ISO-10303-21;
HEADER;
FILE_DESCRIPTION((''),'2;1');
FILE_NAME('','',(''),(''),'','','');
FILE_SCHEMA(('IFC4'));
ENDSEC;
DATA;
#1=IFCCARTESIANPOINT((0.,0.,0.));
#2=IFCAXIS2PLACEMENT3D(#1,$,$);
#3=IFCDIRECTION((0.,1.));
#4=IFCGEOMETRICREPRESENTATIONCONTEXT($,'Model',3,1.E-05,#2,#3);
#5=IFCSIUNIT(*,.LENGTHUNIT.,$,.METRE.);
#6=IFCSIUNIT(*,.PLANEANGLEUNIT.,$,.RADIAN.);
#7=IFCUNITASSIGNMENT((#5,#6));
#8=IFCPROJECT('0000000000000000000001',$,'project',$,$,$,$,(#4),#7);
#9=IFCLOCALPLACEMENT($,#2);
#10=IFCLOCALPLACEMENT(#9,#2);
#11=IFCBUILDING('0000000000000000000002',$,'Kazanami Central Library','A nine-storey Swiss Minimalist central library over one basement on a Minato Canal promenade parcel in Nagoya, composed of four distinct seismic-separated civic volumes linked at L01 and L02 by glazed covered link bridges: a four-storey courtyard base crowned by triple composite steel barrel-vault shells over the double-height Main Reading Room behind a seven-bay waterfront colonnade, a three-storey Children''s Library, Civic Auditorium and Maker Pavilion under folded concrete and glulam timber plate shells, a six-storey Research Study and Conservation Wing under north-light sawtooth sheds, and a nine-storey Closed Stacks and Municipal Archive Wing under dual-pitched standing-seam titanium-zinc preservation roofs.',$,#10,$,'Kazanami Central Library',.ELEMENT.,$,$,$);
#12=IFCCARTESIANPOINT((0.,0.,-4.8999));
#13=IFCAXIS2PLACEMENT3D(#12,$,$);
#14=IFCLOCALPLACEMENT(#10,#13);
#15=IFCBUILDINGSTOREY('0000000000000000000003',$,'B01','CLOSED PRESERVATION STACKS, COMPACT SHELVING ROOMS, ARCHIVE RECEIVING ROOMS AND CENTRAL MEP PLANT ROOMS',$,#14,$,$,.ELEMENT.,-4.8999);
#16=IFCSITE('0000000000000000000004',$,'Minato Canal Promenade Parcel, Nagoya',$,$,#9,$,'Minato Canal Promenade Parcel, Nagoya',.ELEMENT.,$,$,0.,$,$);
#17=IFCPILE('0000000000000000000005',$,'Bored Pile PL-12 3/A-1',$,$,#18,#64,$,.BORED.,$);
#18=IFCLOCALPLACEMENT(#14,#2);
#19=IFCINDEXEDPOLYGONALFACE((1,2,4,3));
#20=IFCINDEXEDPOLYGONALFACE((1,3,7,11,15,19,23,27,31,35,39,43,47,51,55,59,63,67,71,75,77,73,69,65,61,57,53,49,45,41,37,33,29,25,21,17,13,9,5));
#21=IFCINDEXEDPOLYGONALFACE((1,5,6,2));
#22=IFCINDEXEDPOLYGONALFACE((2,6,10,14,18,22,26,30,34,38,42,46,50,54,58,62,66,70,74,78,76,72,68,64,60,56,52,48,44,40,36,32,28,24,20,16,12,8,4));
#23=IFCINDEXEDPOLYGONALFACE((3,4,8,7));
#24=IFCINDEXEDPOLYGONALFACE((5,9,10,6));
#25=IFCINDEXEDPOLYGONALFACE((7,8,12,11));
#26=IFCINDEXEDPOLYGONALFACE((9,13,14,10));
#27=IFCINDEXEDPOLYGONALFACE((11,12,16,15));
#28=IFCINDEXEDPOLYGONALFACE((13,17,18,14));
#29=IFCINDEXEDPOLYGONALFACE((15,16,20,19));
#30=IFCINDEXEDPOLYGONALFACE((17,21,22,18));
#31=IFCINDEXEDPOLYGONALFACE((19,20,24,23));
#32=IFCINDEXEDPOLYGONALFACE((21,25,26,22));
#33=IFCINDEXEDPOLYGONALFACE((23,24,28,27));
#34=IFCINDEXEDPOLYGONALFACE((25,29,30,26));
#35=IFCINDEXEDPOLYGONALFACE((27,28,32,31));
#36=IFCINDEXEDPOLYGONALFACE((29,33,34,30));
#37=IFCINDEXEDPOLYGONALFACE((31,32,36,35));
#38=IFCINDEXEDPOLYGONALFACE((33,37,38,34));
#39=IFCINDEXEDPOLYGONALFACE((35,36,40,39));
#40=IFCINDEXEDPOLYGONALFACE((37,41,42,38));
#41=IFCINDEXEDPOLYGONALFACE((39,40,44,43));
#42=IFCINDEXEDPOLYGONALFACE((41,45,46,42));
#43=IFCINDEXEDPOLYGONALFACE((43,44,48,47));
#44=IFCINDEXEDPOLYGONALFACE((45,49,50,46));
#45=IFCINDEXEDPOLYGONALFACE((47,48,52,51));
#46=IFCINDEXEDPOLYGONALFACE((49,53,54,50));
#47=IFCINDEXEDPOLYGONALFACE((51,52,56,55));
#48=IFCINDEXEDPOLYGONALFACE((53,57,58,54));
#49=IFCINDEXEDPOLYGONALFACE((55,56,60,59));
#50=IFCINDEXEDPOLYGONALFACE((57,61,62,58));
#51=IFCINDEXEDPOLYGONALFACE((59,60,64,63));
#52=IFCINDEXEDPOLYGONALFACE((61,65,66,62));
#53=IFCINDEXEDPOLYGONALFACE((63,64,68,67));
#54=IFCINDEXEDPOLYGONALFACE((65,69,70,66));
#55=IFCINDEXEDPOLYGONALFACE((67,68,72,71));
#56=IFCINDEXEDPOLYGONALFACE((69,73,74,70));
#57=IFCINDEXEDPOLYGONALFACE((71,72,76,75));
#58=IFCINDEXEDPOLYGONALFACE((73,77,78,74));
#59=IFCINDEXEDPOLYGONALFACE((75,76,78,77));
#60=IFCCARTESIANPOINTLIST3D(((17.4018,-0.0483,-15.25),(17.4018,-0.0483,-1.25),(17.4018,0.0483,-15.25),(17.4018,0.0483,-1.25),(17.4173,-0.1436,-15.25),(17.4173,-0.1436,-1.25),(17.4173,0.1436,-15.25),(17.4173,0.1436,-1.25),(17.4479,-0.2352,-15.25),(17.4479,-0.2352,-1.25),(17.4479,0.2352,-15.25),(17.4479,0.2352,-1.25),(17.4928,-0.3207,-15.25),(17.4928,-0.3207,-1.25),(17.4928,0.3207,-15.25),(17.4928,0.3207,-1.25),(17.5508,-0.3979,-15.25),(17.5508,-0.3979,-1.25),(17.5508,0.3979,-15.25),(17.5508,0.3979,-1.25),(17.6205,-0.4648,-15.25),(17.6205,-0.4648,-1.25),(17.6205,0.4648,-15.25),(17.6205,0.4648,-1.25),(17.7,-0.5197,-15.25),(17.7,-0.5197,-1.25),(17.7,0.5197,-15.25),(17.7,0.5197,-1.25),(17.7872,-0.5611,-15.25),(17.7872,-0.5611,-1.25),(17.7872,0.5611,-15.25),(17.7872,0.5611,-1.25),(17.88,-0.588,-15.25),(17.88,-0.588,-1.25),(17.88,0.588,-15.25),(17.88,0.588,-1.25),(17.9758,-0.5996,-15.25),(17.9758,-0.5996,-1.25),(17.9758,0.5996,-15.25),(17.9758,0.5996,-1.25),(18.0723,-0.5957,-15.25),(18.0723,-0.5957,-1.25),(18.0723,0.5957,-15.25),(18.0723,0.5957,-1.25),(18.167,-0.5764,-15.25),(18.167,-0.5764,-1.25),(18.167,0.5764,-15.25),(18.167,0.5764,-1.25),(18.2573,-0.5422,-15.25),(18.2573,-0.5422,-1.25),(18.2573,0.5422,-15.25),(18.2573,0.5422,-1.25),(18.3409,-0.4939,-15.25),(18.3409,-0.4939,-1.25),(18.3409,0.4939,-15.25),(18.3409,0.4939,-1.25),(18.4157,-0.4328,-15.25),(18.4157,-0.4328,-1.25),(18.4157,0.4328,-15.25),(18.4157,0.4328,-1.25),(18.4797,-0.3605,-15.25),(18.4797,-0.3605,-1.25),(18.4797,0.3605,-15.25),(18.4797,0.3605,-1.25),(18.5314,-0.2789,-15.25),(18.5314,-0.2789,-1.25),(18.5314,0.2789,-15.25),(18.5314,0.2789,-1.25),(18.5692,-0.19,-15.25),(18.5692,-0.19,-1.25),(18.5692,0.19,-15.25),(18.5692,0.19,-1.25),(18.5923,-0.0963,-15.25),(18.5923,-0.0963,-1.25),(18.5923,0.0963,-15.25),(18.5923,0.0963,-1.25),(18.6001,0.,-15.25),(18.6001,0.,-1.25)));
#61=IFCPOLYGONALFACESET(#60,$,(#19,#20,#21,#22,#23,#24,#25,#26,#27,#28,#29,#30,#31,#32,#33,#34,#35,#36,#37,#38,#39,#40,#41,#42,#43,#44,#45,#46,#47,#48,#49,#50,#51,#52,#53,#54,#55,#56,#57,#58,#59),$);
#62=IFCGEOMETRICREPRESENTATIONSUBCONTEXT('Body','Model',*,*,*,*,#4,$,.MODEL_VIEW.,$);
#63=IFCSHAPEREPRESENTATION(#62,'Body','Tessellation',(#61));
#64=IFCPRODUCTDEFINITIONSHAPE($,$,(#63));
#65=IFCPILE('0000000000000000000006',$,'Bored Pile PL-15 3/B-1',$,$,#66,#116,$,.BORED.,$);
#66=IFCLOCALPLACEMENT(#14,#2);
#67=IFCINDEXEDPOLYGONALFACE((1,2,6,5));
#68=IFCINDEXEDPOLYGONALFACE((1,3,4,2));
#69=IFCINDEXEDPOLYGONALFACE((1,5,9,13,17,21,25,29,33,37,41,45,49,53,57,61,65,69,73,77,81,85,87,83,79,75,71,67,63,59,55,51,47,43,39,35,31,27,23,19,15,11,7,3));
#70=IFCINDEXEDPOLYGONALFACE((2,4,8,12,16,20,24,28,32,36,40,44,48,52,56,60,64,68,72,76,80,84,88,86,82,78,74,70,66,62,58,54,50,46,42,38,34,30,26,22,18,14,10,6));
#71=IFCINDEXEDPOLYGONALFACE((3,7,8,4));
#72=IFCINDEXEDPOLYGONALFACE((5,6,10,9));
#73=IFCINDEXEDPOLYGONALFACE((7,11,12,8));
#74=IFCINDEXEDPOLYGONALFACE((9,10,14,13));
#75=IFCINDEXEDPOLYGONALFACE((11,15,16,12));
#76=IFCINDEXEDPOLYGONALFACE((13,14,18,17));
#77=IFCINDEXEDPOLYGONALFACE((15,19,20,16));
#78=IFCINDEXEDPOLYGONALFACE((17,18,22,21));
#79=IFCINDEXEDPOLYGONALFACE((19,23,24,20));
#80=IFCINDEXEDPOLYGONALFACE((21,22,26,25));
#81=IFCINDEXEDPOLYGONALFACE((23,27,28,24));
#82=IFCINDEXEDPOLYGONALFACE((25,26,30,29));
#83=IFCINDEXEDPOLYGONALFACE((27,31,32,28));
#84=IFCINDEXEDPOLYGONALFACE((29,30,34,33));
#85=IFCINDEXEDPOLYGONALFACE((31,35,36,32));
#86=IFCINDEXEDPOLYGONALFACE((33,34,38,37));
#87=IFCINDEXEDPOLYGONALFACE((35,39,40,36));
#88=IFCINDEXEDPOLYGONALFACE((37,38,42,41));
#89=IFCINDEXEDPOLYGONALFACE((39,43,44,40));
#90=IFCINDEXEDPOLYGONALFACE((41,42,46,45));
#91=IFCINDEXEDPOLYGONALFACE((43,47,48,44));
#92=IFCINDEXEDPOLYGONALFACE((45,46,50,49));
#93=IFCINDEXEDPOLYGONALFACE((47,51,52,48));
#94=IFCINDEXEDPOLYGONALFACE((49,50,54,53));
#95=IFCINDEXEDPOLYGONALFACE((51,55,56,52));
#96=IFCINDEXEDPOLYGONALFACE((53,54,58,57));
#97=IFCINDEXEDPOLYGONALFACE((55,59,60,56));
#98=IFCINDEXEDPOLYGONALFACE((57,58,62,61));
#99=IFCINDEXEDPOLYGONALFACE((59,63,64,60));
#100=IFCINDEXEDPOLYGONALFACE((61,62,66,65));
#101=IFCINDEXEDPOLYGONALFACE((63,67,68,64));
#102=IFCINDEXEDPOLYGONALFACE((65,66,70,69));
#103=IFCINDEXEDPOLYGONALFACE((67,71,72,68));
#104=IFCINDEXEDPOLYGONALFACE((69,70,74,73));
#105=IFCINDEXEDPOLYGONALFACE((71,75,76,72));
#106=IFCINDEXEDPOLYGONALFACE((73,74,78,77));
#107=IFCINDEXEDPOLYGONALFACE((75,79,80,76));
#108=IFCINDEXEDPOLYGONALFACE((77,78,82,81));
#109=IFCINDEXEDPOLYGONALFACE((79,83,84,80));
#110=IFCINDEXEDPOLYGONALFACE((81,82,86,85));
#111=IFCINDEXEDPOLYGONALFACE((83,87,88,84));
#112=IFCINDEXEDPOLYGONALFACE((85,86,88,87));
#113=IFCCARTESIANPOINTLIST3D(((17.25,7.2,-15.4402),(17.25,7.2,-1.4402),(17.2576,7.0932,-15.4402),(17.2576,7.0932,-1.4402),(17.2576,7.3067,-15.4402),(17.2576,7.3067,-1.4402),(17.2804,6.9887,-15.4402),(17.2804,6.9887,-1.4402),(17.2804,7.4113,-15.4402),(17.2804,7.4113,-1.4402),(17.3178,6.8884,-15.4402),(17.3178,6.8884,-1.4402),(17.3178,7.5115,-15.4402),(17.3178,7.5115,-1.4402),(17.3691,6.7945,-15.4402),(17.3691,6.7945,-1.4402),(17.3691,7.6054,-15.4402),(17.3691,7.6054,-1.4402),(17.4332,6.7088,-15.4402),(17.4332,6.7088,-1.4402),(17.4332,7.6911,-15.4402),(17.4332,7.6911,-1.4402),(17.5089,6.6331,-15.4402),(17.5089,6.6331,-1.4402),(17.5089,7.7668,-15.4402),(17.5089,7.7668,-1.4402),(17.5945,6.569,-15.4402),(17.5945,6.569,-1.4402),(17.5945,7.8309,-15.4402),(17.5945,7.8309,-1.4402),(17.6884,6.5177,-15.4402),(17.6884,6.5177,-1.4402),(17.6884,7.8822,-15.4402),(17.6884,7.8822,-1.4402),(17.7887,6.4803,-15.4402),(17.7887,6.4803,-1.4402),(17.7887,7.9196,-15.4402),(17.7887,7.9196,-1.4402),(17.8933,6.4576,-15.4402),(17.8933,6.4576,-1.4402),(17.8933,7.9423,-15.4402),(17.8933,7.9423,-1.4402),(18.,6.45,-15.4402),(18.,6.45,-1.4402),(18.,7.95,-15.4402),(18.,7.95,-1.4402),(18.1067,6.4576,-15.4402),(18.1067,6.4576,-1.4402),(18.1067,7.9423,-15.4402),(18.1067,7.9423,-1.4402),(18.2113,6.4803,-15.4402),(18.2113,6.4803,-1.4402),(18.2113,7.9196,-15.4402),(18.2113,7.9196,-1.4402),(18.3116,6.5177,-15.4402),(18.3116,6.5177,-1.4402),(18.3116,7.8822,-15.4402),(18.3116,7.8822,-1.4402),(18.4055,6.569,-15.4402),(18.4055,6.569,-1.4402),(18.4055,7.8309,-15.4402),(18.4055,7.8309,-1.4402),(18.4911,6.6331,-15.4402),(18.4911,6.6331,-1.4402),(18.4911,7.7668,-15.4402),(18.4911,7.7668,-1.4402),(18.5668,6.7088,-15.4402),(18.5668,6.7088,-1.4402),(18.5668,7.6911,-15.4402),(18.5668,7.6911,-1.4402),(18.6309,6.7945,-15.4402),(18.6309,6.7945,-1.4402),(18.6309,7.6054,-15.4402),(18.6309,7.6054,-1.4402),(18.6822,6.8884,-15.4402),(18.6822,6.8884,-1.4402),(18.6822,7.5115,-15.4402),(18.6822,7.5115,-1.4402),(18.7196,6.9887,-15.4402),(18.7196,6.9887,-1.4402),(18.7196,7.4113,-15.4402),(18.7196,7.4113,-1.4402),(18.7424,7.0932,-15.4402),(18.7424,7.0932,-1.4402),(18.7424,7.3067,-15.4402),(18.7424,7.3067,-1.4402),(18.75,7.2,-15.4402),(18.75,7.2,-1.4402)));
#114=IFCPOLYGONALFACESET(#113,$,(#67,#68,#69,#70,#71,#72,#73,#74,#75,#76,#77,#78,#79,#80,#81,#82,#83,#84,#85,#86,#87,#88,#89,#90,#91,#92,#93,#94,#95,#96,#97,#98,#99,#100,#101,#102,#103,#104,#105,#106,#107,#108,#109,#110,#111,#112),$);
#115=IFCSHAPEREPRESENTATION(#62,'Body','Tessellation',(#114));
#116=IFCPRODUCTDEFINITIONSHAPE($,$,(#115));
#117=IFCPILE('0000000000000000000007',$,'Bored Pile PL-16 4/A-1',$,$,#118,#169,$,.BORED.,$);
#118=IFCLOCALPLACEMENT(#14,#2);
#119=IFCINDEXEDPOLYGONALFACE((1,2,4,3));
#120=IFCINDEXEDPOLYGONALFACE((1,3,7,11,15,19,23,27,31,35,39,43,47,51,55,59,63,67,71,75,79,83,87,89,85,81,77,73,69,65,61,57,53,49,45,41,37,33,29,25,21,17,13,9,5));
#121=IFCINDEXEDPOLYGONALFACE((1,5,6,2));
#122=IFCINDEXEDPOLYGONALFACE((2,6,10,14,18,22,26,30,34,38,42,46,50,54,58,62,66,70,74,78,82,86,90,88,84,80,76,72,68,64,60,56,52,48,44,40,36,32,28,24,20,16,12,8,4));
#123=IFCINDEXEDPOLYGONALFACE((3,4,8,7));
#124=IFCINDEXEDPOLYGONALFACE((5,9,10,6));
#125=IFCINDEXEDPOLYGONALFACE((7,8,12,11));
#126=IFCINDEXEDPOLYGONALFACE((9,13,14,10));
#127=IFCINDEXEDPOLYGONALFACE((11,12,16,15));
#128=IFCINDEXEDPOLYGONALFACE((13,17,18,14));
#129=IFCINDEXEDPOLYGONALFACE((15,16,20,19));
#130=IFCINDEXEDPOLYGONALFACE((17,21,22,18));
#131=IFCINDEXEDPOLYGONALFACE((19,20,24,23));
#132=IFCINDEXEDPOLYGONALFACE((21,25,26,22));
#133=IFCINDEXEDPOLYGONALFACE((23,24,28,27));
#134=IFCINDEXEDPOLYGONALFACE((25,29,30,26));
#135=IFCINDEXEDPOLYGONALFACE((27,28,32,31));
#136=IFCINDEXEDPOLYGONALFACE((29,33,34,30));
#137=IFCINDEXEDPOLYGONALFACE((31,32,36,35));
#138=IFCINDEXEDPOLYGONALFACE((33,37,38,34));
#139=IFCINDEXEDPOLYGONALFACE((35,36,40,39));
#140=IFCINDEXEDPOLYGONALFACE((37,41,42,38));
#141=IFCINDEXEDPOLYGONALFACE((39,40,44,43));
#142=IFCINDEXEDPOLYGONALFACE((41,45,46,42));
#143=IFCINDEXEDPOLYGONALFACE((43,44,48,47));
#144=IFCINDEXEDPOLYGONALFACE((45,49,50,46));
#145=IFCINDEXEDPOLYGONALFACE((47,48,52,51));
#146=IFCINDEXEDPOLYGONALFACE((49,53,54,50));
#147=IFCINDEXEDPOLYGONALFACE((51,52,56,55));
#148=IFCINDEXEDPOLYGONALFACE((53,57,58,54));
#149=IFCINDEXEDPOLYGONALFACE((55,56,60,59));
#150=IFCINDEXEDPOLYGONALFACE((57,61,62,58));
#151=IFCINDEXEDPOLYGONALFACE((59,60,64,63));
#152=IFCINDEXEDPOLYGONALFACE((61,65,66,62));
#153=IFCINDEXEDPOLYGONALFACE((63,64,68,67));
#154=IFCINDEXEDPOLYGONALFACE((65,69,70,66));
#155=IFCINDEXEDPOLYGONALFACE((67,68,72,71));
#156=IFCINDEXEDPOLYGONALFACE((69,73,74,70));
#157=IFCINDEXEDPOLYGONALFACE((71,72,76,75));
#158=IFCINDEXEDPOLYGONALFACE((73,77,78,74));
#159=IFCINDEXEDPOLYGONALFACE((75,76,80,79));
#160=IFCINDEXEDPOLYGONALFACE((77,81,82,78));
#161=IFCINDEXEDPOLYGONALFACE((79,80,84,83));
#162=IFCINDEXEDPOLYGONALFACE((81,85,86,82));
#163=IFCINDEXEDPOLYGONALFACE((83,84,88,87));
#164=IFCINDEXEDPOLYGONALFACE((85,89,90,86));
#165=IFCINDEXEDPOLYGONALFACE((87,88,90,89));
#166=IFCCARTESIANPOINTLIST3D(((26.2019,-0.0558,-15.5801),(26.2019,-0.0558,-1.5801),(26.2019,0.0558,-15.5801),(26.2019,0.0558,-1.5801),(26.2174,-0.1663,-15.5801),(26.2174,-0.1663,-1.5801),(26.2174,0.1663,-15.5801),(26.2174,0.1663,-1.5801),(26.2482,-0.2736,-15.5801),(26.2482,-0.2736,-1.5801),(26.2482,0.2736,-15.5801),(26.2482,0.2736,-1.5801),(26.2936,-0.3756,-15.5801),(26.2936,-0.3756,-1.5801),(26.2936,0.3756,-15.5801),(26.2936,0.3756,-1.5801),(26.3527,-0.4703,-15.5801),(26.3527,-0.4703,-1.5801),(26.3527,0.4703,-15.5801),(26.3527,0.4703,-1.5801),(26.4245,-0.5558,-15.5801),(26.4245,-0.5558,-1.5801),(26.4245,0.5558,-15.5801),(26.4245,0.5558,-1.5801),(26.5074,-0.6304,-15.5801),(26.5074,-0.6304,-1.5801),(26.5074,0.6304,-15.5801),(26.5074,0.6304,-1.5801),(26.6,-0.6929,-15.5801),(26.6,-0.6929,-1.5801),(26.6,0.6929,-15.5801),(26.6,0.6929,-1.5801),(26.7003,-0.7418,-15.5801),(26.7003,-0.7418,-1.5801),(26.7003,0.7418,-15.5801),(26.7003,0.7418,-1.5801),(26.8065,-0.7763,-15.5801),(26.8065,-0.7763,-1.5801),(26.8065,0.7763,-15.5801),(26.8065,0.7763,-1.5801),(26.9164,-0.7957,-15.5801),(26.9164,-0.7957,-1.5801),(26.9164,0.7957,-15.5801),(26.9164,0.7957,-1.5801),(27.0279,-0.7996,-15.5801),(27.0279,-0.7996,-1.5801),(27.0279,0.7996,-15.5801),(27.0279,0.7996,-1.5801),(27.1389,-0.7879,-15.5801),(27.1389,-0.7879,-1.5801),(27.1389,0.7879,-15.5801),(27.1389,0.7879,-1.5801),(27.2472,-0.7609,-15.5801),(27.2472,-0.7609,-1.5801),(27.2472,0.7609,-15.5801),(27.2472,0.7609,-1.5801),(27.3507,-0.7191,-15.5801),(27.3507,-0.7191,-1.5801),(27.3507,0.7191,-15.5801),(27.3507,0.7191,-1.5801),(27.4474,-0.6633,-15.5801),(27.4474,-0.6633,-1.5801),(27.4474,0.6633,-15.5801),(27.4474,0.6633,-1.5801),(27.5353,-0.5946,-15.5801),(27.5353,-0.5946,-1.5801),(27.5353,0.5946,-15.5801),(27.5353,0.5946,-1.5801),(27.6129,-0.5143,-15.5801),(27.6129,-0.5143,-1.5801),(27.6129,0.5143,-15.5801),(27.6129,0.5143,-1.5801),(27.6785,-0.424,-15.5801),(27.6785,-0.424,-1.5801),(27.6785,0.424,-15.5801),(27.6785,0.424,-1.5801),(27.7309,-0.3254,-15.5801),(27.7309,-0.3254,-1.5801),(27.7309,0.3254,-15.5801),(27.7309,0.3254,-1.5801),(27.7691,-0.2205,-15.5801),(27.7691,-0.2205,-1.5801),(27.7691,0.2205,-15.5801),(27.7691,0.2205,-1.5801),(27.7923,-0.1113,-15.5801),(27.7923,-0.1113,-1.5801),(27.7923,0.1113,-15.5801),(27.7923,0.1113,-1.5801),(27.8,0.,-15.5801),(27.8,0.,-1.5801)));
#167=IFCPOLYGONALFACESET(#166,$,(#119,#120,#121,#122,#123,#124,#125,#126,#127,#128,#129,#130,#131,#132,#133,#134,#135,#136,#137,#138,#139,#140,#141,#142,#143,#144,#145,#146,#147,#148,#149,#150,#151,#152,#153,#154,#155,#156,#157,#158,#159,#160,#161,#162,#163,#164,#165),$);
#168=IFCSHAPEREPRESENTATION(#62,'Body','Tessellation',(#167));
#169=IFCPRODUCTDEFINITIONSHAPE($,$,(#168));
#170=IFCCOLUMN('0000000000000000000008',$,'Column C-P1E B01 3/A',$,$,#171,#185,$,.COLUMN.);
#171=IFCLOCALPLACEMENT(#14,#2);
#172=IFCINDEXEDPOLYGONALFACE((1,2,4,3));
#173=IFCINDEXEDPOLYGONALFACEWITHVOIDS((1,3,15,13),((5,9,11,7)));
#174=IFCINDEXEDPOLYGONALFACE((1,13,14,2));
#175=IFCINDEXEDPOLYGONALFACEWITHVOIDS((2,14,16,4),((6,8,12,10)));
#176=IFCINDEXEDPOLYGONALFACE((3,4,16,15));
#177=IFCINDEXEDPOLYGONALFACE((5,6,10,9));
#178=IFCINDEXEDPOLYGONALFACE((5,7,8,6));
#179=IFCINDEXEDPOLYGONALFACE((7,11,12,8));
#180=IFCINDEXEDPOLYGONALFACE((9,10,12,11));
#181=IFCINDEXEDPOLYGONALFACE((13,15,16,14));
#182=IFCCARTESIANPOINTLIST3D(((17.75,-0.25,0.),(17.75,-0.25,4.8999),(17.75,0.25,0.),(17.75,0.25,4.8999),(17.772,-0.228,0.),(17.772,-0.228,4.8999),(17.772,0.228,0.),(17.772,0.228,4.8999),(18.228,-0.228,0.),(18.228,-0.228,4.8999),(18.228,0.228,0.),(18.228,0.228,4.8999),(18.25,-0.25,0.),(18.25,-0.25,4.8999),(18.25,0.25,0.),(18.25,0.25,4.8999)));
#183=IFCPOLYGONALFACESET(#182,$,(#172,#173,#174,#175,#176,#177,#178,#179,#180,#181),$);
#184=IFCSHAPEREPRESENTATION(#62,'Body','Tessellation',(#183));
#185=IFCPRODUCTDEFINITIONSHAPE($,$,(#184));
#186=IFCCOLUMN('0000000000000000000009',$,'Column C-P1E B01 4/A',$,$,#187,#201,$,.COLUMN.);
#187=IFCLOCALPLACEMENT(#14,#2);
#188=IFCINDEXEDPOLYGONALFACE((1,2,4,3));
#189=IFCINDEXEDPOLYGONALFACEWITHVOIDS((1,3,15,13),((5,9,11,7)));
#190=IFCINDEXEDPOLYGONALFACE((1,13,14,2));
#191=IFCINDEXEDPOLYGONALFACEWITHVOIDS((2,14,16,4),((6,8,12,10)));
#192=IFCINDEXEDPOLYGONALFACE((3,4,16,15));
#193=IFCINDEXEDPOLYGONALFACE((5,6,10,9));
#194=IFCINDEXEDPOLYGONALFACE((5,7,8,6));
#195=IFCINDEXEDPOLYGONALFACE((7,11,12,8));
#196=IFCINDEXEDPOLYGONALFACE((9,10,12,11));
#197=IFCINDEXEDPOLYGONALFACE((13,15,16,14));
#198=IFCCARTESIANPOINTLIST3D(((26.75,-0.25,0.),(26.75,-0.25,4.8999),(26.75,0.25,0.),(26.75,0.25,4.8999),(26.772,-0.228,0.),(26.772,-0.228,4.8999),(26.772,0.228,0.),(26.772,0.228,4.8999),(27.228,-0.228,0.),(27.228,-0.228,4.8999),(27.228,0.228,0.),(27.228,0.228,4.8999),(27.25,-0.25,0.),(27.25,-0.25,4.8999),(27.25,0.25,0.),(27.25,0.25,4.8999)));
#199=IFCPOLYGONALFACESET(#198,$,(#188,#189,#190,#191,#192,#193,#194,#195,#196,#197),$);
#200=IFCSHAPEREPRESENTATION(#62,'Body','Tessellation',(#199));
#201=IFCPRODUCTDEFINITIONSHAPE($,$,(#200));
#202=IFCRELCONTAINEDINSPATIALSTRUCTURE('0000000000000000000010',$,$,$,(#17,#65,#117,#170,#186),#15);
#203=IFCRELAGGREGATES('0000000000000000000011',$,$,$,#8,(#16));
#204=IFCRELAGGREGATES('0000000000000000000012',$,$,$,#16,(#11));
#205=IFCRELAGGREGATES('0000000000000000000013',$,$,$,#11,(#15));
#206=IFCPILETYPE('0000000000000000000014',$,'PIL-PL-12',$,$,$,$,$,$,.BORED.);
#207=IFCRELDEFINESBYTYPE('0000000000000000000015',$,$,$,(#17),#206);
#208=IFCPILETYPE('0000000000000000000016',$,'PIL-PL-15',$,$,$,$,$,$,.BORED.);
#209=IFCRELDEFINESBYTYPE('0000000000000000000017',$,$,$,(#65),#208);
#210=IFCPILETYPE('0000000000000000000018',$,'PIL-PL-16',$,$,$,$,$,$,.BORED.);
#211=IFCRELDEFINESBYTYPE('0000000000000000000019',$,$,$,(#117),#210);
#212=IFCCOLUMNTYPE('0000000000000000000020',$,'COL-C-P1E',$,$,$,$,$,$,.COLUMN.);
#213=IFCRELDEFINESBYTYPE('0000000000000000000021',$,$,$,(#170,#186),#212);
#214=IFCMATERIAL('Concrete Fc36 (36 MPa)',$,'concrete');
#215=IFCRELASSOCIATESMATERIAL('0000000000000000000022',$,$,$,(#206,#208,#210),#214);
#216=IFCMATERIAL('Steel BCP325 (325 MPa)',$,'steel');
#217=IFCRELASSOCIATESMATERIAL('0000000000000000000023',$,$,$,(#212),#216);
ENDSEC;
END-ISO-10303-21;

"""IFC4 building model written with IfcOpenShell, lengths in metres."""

from ifc_helpers import new_model, si_unit, direction, frame, origin, origin_2d, place, context, subcontext, project, spatial, hollow_rectangle, circle, extrude, material, material_profile, profile_set, type_object, element, save


model = new_model("IFC4")

# Units and contexts
model_context = context("Model", 3, precision=1e-05, world=origin(), true_north=direction((0.0, 1.0)))
body_context = subcontext(model_context, "Body", "Model", "MODEL_VIEW")
ifc_project = project(units=[si_unit("LENGTHUNIT", "METRE"), si_unit("PLANEANGLEUNIT", "RADIAN")], contexts=[model_context])

# Site, building, storey
site_placement = place(None, origin())
site = spatial("IfcSite", under=ifc_project, at=site_placement, Name="Minato Canal Promenade Parcel, Nagoya", LongName="Minato Canal Promenade Parcel, Nagoya", CompositionType="ELEMENT", RefElevation=0.0)
building_placement = place(site_placement, origin())
building = spatial("IfcBuilding", under=site, at=building_placement, Name="Kazanami Central Library", Description="A nine-storey Swiss Minimalist central library over one basement on a Minato Canal promenade parcel in Nagoya, composed of four distinct seismic-separated civic volumes linked at L01 and L02 by glazed covered link bridges: a four-storey courtyard base crowned by triple composite steel barrel-vault shells over the double-height Main Reading Room behind a seven-bay waterfront colonnade, a three-storey Children's Library, Civic Auditorium and Maker Pavilion under folded concrete and glulam timber plate shells, a six-storey Research Study and Conservation Wing under north-light sawtooth sheds, and a nine-storey Closed Stacks and Municipal Archive Wing under dual-pitched standing-seam titanium-zinc preservation roofs.", LongName="Kazanami Central Library", CompositionType="ELEMENT")
storey_placement = place(building_placement, frame((0.0, 0.0, -4.8999)))
storey = spatial("IfcBuildingStorey", under=building, at=storey_placement, Name="B01", Description="CLOSED PRESERVATION STACKS, COMPACT SHELVING ROOMS, ARCHIVE RECEIVING ROOMS AND CENTRAL MEP PLANT ROOMS", CompositionType="ELEMENT", Elevation=-4.8999)

# Shared definitions
ifc_material_1 = material(Name="Concrete Fc36 (36 MPa)", Category="concrete")

# Piles
ifc_material_profile_1 = material_profile(ifc_material_1, circle(Radius=0.6001, at=origin_2d()), Name="BORED-D1200")
ifc_profile_set_1 = profile_set([ifc_material_profile_1], Name="Concrete Fc36 (36 MPa)")
pile_type_1 = type_object("IfcPileType", Name="PIL-PL-12", PredefinedType="BORED", material=ifc_profile_set_1)
pile_1_placement = place(storey_placement, frame((18.0, 0.0, -1.25), z_axis=(0.0, 0.0, -1.0), x_axis=(1.0, 0.0, 0.0)))
element("IfcPile", 1, at=pile_1_placement, inside=storey, type_object=pile_type_1, Name="Bored Pile PL-12 3/A-1", PredefinedType="BORED", context=body_context, shape_type="SweptSolid", body=[
    extrude(circle(Radius=0.6001, at=origin_2d()), origin(), (0.0, 0.0, 1.0), 14.0),
])
ifc_material_profile_2 = material_profile(ifc_material_1, circle(Radius=0.75, at=origin_2d()), Name="BORED-D1500")
ifc_profile_set_2 = profile_set([ifc_material_profile_2], Name="Concrete Fc36 (36 MPa)")
pile_type_2 = type_object("IfcPileType", Name="PIL-PL-15", PredefinedType="BORED", material=ifc_profile_set_2)
pile_2_placement = place(storey_placement, frame((18.0, 7.2, -1.4402), z_axis=(0.0, 0.0, -1.0), x_axis=(1.0, 0.0, 0.0)))
element("IfcPile", 2, at=pile_2_placement, inside=storey, type_object=pile_type_2, Name="Bored Pile PL-15 3/B-1", PredefinedType="BORED", context=body_context, shape_type="SweptSolid", body=[
    extrude(circle(Radius=0.75, at=origin_2d()), origin(), (0.0, 0.0, 1.0), 14.0),
])
ifc_material_profile_3 = material_profile(ifc_material_1, circle(Radius=0.8, at=origin_2d()), Name="BORED-D1600")
ifc_profile_set_3 = profile_set([ifc_material_profile_3], Name="Concrete Fc36 (36 MPa)")
pile_type_3 = type_object("IfcPileType", Name="PIL-PL-16", PredefinedType="BORED", material=ifc_profile_set_3)
pile_3_placement = place(storey_placement, frame((27.0, 0.0, -1.5801), z_axis=(0.0, 0.0, -1.0), x_axis=(1.0, 0.0, 0.0)))
element("IfcPile", 3, at=pile_3_placement, inside=storey, type_object=pile_type_3, Name="Bored Pile PL-16 4/A-1", PredefinedType="BORED", context=body_context, shape_type="SweptSolid", body=[
    extrude(circle(Radius=0.8, at=origin_2d()), origin(), (0.0, 0.0, 1.0), 14.0),
])

# Columns
ifc_material_2 = material(Name="Steel BCP325 (325 MPa)", Category="steel")
ifc_material_profile_4 = material_profile(ifc_material_2, hollow_rectangle(XDim=0.5, YDim=0.5, WallThickness=0.022, at=origin_2d()), Name="BCP-500x500x22")
ifc_profile_set_4 = profile_set([ifc_material_profile_4], Name="Steel BCP325 (325 MPa)")
column_type_1 = type_object("IfcColumnType", Name="COL-C-P1E", PredefinedType="COLUMN", material=ifc_profile_set_4)
for number, where, z_axis, x_axis, name in (
    (4, (18.0, 0.0, 0.0), (0.0, 0.0, 1.0), (1.0, 0.0, 0.0), "Column C-P1E B01 3/A"),
    (5, (27.0, 0.0, 0.0), (0.0, 0.0, 1.0), (1.0, 0.0, 0.0), "Column C-P1E B01 4/A"),
):
    element("IfcColumn", number, at=place(storey_placement, frame(where, z_axis=z_axis, x_axis=x_axis)), inside=storey, type_object=column_type_1, Name=name, PredefinedType="COLUMN", context=body_context, shape_type="SweptSolid", body=[
        extrude(hollow_rectangle(XDim=0.5, YDim=0.5, WallThickness=0.022, at=origin_2d()), origin(), (0.0, 0.0, 1.0), 4.8999),
    ])

save(model, "model.ifc")
